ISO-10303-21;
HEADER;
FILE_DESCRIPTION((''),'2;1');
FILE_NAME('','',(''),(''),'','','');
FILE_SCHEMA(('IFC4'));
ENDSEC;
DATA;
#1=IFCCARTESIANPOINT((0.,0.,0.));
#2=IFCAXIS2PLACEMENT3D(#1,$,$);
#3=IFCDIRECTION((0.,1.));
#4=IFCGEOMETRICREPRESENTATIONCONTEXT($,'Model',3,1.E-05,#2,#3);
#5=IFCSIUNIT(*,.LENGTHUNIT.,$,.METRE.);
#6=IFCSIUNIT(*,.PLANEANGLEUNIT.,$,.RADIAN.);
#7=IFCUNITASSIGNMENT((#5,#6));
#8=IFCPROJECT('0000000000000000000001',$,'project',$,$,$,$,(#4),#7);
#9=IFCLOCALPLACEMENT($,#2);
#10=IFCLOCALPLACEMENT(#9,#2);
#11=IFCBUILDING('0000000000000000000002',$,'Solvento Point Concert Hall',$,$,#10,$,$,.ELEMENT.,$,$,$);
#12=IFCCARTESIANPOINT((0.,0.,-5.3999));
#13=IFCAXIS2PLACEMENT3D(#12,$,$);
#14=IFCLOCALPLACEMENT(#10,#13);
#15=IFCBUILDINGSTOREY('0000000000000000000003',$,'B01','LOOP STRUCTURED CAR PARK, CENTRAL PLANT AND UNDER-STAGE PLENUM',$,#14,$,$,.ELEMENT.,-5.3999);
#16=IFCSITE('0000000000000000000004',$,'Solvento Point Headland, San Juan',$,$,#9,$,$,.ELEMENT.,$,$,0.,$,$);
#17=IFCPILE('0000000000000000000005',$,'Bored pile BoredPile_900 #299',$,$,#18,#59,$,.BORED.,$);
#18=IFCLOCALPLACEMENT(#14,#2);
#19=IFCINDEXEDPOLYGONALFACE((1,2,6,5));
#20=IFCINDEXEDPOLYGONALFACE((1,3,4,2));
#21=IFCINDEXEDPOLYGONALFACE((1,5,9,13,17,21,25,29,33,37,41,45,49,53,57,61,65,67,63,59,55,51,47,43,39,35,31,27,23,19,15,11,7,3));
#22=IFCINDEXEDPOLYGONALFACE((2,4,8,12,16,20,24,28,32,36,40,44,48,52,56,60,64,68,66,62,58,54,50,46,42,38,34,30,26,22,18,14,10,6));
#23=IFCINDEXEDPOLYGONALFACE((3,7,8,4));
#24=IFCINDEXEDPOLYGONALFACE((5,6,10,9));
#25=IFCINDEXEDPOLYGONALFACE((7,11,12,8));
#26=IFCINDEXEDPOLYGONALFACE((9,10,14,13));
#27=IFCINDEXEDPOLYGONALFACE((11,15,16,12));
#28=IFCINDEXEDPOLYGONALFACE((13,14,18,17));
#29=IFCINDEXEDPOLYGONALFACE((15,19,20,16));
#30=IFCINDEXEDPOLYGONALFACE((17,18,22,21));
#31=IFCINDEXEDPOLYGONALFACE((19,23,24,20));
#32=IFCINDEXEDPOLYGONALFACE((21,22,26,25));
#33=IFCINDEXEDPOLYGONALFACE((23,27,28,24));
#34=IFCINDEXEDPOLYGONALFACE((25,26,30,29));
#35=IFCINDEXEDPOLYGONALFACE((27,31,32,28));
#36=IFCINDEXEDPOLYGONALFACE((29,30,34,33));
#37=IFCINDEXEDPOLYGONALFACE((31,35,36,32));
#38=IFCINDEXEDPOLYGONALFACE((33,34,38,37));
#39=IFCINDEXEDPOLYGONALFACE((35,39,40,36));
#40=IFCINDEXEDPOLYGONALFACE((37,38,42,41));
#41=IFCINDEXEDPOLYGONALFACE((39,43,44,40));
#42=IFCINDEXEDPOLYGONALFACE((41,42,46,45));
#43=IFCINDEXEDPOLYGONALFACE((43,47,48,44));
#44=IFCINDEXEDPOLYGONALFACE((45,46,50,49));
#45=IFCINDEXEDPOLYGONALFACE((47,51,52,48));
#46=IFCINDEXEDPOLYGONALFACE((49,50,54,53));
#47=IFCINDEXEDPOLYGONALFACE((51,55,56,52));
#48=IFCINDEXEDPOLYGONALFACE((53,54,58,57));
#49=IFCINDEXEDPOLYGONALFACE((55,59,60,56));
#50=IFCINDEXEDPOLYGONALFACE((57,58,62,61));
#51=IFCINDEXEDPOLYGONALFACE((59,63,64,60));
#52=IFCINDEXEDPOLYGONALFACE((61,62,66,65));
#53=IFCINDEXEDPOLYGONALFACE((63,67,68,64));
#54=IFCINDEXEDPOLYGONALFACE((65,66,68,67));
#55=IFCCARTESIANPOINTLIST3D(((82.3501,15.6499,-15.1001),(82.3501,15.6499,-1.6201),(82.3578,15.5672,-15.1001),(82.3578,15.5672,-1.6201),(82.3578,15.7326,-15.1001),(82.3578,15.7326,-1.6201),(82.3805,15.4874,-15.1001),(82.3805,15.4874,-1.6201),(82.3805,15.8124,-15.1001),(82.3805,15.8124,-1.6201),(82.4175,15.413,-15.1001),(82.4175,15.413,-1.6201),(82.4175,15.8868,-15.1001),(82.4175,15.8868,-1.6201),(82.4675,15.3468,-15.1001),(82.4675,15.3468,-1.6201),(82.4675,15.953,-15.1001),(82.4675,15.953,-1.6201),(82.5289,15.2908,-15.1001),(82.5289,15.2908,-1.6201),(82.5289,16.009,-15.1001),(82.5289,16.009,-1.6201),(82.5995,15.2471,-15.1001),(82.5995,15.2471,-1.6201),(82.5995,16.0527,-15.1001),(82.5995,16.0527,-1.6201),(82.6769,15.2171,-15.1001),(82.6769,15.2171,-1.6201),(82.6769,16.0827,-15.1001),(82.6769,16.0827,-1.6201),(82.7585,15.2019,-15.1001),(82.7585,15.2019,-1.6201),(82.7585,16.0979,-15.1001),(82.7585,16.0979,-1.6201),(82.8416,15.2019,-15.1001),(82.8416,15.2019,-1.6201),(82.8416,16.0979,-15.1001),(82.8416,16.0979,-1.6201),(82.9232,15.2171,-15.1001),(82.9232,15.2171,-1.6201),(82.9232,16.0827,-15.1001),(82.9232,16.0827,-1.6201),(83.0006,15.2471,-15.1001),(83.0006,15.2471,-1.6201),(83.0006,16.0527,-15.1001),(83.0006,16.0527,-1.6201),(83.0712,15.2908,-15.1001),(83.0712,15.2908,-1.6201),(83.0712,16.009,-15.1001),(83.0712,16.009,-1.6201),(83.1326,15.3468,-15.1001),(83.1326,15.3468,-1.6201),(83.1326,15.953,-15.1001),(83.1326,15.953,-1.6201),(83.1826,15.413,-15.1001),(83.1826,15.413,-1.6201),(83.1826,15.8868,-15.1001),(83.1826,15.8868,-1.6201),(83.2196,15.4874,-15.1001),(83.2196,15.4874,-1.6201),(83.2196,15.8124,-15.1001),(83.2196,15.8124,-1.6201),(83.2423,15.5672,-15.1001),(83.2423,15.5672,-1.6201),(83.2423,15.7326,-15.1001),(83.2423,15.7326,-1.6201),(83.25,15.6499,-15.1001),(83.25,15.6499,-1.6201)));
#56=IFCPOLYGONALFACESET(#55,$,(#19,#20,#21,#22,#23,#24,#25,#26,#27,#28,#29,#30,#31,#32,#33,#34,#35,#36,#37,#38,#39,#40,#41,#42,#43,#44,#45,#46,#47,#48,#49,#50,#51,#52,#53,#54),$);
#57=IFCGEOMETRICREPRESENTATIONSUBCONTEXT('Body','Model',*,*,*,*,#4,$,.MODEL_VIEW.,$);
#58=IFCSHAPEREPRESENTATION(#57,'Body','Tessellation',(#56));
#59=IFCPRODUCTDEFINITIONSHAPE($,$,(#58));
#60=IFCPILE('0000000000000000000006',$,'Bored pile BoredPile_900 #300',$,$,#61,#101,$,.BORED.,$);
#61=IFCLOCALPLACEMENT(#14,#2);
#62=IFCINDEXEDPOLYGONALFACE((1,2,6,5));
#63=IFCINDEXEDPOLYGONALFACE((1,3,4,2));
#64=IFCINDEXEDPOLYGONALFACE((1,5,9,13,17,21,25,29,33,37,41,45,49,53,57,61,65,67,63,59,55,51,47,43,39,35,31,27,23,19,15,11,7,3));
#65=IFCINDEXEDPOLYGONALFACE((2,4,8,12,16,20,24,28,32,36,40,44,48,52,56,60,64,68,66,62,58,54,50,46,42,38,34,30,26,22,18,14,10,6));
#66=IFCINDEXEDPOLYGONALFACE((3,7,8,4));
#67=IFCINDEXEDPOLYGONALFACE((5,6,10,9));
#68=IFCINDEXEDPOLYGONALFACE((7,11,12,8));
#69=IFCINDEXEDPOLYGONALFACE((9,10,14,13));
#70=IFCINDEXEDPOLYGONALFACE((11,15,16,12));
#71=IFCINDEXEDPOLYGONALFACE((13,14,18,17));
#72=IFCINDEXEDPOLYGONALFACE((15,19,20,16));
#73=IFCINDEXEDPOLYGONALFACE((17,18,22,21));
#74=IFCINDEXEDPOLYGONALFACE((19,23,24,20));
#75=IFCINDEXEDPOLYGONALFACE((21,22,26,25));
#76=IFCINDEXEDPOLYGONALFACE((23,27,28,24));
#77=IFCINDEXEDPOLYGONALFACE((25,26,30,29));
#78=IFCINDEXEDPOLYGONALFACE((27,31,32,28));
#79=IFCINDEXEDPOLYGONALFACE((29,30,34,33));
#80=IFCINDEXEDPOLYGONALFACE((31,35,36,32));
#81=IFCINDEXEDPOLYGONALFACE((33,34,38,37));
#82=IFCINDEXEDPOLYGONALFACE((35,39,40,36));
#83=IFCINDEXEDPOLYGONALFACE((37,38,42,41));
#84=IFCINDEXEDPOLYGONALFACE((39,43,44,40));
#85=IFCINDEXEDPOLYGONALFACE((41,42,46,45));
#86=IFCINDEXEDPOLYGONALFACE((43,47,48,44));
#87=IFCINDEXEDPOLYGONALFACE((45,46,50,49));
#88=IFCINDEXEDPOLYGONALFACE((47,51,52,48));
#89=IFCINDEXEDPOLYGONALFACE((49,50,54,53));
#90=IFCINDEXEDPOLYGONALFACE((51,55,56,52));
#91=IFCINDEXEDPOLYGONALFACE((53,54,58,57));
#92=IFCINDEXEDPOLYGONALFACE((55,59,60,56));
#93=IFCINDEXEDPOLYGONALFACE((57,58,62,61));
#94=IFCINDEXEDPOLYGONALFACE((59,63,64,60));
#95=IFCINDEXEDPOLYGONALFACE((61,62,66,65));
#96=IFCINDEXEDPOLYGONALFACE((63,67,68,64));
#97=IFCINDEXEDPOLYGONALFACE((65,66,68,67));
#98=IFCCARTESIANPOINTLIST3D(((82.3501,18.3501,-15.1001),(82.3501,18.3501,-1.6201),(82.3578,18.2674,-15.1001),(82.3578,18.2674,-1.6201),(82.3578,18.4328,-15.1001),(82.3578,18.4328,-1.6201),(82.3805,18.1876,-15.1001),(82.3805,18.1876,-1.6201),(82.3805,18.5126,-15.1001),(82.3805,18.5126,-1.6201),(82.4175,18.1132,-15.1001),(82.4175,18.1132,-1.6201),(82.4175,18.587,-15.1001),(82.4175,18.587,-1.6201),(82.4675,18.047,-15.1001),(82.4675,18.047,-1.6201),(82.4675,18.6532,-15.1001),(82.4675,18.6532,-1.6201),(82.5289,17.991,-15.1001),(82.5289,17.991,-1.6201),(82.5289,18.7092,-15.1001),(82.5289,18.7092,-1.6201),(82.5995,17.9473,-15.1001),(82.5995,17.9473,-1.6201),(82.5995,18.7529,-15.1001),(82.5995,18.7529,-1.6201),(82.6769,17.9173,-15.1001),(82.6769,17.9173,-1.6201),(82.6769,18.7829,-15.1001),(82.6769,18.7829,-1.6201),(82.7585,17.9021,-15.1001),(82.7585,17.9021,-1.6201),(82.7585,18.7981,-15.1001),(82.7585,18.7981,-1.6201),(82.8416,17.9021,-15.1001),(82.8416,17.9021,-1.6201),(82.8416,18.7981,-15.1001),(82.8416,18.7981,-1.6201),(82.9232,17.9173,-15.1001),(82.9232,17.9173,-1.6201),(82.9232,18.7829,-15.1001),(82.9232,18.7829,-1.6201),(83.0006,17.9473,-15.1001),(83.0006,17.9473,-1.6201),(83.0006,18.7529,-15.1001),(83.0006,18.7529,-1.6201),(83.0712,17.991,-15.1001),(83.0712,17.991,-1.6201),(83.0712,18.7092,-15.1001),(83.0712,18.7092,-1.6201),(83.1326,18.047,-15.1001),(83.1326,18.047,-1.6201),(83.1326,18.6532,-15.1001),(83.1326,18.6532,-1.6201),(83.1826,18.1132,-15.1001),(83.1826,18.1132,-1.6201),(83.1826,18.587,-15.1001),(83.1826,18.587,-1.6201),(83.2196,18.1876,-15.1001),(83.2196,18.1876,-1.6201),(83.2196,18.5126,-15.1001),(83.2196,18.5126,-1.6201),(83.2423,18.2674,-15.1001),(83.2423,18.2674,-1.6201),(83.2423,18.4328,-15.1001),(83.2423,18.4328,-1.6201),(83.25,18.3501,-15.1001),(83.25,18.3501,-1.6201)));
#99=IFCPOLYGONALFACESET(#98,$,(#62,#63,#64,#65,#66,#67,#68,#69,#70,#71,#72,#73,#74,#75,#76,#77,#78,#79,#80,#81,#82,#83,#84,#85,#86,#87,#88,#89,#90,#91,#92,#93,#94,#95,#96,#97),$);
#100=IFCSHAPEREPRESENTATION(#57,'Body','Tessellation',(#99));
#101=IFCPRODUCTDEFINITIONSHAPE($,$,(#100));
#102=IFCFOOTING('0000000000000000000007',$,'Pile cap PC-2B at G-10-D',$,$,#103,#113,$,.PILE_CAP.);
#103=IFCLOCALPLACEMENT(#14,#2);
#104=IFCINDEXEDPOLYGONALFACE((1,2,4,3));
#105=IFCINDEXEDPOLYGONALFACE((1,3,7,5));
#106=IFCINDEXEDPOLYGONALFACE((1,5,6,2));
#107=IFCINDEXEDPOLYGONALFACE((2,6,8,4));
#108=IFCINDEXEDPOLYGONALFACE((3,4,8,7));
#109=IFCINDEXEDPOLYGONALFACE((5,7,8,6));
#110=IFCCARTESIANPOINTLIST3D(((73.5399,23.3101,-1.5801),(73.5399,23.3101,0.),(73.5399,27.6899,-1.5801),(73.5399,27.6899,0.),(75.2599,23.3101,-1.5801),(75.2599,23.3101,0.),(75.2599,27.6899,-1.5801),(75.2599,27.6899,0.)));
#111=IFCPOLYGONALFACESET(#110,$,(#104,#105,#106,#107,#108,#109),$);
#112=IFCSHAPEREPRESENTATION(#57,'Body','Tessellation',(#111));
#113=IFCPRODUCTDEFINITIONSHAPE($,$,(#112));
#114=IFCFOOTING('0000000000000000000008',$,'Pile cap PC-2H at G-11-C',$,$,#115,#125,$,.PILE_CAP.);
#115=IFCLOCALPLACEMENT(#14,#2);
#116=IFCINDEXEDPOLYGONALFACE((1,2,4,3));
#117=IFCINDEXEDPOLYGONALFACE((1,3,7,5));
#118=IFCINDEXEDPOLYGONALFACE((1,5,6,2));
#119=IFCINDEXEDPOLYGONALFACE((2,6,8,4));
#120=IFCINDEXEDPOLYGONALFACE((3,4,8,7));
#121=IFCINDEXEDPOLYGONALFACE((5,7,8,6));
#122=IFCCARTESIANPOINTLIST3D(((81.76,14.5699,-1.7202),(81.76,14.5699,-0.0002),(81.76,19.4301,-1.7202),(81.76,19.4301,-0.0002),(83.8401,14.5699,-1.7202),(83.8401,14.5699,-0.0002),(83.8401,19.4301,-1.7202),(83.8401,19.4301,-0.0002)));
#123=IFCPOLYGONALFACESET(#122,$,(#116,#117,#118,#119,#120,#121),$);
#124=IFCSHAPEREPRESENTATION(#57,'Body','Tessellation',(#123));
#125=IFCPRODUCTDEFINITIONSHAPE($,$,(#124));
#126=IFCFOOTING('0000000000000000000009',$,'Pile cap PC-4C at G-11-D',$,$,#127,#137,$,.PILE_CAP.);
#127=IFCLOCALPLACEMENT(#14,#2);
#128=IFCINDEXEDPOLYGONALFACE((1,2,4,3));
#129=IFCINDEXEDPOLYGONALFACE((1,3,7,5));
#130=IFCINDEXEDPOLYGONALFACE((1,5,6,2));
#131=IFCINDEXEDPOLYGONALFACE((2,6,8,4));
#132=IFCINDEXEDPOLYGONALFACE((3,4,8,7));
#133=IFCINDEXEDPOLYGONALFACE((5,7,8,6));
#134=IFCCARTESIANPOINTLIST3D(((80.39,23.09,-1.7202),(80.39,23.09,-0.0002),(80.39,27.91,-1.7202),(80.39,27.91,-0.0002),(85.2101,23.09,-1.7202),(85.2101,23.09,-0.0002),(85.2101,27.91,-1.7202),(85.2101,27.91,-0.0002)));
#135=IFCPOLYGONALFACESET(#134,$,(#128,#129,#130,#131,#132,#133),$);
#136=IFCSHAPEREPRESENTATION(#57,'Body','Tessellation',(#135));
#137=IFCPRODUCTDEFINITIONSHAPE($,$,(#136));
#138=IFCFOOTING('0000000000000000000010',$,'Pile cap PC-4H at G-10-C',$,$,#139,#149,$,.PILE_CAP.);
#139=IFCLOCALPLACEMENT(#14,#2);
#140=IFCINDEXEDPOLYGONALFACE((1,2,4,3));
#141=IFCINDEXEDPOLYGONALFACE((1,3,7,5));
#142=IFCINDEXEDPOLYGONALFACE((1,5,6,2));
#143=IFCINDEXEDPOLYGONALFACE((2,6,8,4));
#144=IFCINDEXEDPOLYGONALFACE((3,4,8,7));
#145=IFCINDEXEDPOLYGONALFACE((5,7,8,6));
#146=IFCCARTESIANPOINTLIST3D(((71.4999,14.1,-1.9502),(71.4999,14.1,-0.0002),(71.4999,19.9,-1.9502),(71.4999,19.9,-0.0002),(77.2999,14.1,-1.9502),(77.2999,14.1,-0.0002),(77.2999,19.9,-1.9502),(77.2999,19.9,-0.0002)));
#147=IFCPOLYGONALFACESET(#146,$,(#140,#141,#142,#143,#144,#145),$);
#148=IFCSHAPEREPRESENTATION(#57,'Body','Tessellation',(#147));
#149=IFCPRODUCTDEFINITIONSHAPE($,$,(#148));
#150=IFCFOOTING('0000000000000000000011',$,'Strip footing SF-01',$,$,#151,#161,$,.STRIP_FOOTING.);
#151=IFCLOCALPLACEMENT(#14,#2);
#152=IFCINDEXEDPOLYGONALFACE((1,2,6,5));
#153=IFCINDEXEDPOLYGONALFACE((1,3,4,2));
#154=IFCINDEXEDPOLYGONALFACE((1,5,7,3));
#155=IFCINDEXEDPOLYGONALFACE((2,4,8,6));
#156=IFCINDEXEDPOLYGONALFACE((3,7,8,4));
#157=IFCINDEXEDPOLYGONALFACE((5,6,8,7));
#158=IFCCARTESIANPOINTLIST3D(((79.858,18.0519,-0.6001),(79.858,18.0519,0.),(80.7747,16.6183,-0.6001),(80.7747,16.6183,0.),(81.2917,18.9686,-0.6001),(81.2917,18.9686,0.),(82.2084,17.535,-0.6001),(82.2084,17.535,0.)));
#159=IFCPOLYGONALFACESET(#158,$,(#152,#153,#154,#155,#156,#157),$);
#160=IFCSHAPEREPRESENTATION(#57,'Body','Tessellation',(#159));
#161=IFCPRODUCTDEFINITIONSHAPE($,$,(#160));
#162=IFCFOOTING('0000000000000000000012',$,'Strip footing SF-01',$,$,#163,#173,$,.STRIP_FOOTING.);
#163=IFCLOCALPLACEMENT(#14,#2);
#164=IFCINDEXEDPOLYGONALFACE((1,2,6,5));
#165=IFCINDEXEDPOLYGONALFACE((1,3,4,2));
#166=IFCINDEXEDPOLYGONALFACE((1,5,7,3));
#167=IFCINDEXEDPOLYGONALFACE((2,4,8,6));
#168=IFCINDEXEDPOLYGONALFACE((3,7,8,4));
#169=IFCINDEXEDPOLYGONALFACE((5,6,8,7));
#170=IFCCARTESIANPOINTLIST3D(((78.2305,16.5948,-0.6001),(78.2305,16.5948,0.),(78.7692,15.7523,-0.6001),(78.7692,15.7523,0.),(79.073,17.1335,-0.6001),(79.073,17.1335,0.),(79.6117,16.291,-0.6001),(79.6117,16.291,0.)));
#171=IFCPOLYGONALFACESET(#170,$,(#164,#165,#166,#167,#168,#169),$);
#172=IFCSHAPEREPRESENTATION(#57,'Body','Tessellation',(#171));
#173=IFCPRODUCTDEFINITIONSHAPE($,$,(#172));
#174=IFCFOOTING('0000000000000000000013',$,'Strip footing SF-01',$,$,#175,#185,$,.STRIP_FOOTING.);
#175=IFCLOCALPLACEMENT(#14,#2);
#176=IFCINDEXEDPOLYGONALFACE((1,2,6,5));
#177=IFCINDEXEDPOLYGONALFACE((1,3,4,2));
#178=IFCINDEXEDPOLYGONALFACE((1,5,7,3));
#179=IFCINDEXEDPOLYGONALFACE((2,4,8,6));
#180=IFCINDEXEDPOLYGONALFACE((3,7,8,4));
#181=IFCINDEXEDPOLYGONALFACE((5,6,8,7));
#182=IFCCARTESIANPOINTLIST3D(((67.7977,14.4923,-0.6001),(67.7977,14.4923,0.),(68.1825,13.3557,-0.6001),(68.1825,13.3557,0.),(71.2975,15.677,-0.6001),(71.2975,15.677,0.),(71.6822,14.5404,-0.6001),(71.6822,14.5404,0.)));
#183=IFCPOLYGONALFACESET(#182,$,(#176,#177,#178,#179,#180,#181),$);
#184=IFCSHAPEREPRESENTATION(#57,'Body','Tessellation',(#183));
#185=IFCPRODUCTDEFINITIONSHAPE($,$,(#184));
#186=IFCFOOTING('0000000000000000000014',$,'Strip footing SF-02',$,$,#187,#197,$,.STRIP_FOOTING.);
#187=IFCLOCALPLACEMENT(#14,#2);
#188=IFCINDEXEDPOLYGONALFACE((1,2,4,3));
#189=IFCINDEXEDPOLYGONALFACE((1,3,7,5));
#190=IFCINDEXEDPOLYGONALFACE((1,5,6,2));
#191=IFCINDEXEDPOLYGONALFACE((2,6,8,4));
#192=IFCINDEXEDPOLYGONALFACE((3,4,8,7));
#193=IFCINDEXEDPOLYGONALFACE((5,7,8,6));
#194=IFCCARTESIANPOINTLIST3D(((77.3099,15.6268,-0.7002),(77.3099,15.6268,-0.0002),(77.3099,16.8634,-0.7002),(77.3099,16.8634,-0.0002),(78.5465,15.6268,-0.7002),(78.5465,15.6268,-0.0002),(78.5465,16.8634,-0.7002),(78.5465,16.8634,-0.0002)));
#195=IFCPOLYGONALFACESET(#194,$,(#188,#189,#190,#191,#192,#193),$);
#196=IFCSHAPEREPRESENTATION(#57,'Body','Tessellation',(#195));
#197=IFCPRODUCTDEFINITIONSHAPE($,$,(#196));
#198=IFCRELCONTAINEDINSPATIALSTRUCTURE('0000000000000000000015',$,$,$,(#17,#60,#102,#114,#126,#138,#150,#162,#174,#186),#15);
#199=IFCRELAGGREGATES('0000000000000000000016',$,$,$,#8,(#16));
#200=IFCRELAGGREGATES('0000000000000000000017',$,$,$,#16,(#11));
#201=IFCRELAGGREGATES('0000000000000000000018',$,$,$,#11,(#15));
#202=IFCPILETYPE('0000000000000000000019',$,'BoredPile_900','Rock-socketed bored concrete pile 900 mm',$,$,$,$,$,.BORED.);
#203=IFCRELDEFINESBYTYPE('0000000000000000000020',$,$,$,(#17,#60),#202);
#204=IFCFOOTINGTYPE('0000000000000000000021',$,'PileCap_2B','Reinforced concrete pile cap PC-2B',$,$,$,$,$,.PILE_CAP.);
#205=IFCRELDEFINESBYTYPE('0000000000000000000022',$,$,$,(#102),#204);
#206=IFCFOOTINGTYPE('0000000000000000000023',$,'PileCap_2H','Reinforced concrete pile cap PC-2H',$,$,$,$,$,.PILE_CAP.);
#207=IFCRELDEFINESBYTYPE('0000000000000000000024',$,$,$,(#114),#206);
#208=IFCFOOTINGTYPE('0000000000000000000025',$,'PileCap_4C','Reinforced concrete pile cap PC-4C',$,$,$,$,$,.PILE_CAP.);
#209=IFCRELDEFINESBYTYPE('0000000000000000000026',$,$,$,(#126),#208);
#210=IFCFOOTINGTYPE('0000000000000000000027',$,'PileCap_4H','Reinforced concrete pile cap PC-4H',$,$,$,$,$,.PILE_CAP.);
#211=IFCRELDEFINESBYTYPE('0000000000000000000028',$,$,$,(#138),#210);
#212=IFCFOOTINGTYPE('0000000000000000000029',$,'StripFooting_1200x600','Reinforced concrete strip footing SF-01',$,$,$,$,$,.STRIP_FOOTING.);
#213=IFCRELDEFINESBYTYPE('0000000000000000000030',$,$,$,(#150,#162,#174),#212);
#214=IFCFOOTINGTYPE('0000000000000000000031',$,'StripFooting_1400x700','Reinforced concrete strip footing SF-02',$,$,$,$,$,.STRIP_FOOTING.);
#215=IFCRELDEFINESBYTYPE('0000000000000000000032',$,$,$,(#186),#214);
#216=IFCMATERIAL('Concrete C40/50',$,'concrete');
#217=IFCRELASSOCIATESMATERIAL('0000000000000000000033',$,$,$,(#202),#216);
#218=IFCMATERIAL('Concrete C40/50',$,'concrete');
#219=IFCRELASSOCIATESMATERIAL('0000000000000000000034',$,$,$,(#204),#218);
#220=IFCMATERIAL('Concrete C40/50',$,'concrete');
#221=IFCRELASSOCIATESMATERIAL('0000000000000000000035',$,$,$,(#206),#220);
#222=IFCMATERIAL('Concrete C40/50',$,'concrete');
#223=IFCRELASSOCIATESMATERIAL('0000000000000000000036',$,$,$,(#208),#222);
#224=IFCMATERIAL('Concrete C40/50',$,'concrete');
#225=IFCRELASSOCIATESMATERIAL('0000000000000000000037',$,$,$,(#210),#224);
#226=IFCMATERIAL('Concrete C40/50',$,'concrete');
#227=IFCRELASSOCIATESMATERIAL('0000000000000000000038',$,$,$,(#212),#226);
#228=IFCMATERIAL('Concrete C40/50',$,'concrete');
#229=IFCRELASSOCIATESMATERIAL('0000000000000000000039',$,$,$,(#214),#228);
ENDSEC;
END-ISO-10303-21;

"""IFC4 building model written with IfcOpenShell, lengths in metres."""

from ifc_helpers import new_model, si_unit, direction, frame, origin, origin_2d, place, context, subcontext, project, spatial, rectangle, circle, extrude, material, material_profile, profile_set, type_object, element, save


model = new_model("IFC4")

# Units and contexts
model_context = context("Model", 3, precision=1e-05, world=origin(), true_north=direction((0.0, 1.0)))
body_context = subcontext(model_context, "Body", "Model", "MODEL_VIEW")
ifc_project = project(units=[si_unit("LENGTHUNIT", "METRE"), si_unit("PLANEANGLEUNIT", "RADIAN")], contexts=[model_context])

# Site, building, storey
site_placement = place(None, origin())
site = spatial("IfcSite", under=ifc_project, at=site_placement, Name="Solvento Point Headland, San Juan", CompositionType="ELEMENT", RefElevation=0.0)
building_placement = place(site_placement, origin())
building = spatial("IfcBuilding", under=site, at=building_placement, Name="Solvento Point Concert Hall", CompositionType="ELEMENT")
storey_placement = place(building_placement, frame((0.0, 0.0, -5.3999)))
storey = spatial("IfcBuildingStorey", under=building, at=storey_placement, Name="B01", Description="LOOP STRUCTURED CAR PARK, CENTRAL PLANT AND UNDER-STAGE PLENUM", CompositionType="ELEMENT", Elevation=-5.3999)

# Piles
ifc_material_1 = material(Name="Concrete C40/50", Category="concrete")
ifc_material_profile_1 = material_profile(ifc_material_1, circle(Radius=0.45, at=origin_2d()), Name="BP-900")
ifc_profile_set_1 = profile_set([ifc_material_profile_1], Name="Concrete C40/50")
pile_type_1 = type_object("IfcPileType", Name="BoredPile_900", Description="Rock-socketed bored concrete pile 900 mm", PredefinedType="BORED", material=ifc_profile_set_1)
for number, where, z_axis, x_axis, name in (
    (1, (82.8, 15.6499, -1.6201), (0.0, 0.0, -1.0), (1.0, 0.0, 0.0), "Bored pile BoredPile_900 #299"),
    (2, (82.8, 18.3501, -1.6201), (0.0, 0.0, -1.0), (1.0, 0.0, 0.0), "Bored pile BoredPile_900 #300"),
):
    element("IfcPile", number, at=place(storey_placement, frame(where, z_axis=z_axis, x_axis=x_axis)), inside=storey, type_object=pile_type_1, Name=name, PredefinedType="BORED", context=body_context, shape_type="SweptSolid", body=[
        extrude(circle(Radius=0.45, at=origin_2d()), origin(), (0.0, 0.0, 1.0), 13.48),
    ])

# Footings
ifc_material_2 = material(Name="Concrete C40/50", Category="concrete")
footing_type_1 = type_object("IfcFootingType", Name="PileCap_2B", Description="Reinforced concrete pile cap PC-2B", PredefinedType="PILE_CAP", material=ifc_material_2)
footing_1_placement = place(storey_placement, frame((74.3999, 25.5, -1.5801), z_axis=(0.0, 0.0, 1.0), x_axis=(1.0, 0.0, 0.0)))
element("IfcFooting", 3, at=footing_1_placement, inside=storey, type_object=footing_type_1, Name="Pile cap PC-2B at G-10-D", PredefinedType="PILE_CAP", context=body_context, shape_type="SweptSolid", body=[
    extrude(rectangle(XDim=1.72, YDim=4.3799, at=origin_2d()), origin(), (0.0, 0.0, 1.0), 1.5801),
])
ifc_material_3 = material(Name="Concrete C40/50", Category="concrete")
footing_type_2 = type_object("IfcFootingType", Name="PileCap_2H", Description="Reinforced concrete pile cap PC-2H", PredefinedType="PILE_CAP", material=ifc_material_3)
footing_2_placement = place(storey_placement, frame((82.8, 17.0, -1.7202), z_axis=(0.0, 0.0, 1.0), x_axis=(1.0, 0.0, 0.0)))
element("IfcFooting", 4, at=footing_2_placement, inside=storey, type_object=footing_type_2, Name="Pile cap PC-2H at G-11-C", PredefinedType="PILE_CAP", context=body_context, shape_type="SweptSolid", body=[
    extrude(rectangle(XDim=2.0801, YDim=4.8601, at=origin_2d()), origin(), (0.0, 0.0, 1.0), 1.72),
])
ifc_material_4 = material(Name="Concrete C40/50", Category="concrete")
footing_type_3 = type_object("IfcFootingType", Name="PileCap_4C", Description="Reinforced concrete pile cap PC-4C", PredefinedType="PILE_CAP", material=ifc_material_4)
footing_3_placement = place(storey_placement, frame((82.8, 25.5, -1.7202), z_axis=(0.0, 0.0, 1.0), x_axis=(1.0, 0.0, 0.0)))
element("IfcFooting", 5, at=footing_3_placement, inside=storey, type_object=footing_type_3, Name="Pile cap PC-4C at G-11-D", PredefinedType="PILE_CAP", context=body_context, shape_type="SweptSolid", body=[
    extrude(rectangle(XDim=4.8201, YDim=4.8201, at=origin_2d()), origin(), (0.0, 0.0, 1.0), 1.72),
])
ifc_material_5 = material(Name="Concrete C40/50", Category="concrete")
footing_type_4 = type_object("IfcFootingType", Name="PileCap_4H", Description="Reinforced concrete pile cap PC-4H", PredefinedType="PILE_CAP", material=ifc_material_5)
footing_4_placement = place(storey_placement, frame((74.3999, 17.0, -1.9502), z_axis=(0.0, 0.0, 1.0), x_axis=(1.0, 0.0, 0.0)))
element("IfcFooting", 6, at=footing_4_placement, inside=storey, type_object=footing_type_4, Name="Pile cap PC-4H at G-10-C", PredefinedType="PILE_CAP", context=body_context, shape_type="SweptSolid", body=[
    extrude(rectangle(XDim=5.8, YDim=5.8, at=origin_2d()), origin(), (0.0, 0.0, 1.0), 1.95),
])
ifc_material_6 = material(Name="Concrete C40/50", Category="concrete")
footing_type_5 = type_object("IfcFootingType", Name="StripFooting_1200x600", Description="Reinforced concrete strip footing SF-01", PredefinedType="STRIP_FOOTING", material=ifc_material_6)
footing_5_placement = place(storey_placement, frame((81.0332, 17.7935, -0.6001), z_axis=(0.0, 0.0, 1.0), x_axis=(-0.842495, -0.538705, 0.0)))
element("IfcFooting", 7, at=footing_5_placement, inside=storey, type_object=footing_type_5, Name="Strip footing SF-01", PredefinedType="STRIP_FOOTING", context=body_context, shape_type="SweptSolid", body=[
    extrude(rectangle(XDim=1.7017, YDim=1.7017, at=origin_2d()), origin(), (0.0, 0.0, 1.0), 0.6001),
])
footing_6_placement = place(storey_placement, frame((78.9211, 16.4429, -0.6001), z_axis=(0.0, 0.0, 1.0), x_axis=(-0.842495, -0.538705, 0.0)))
element("IfcFooting", 8, at=footing_6_placement, inside=storey, type_object=footing_type_5, Name="Strip footing SF-01", PredefinedType="STRIP_FOOTING", context=body_context, shape_type="SweptSolid", body=[
    extrude(rectangle(XDim=1.0, YDim=1.0, at=origin_2d()), origin(), (0.0, 0.0, 1.0), 0.6001),
])
footing_7_placement = place(storey_placement, frame((69.74, 14.5164, -0.6001), z_axis=(0.0, 0.0, 1.0), x_axis=(-0.947197, -0.320653, 0.0)))
element("IfcFooting", 9, at=footing_7_placement, inside=storey, type_object=footing_type_5, Name="Strip footing SF-01", PredefinedType="STRIP_FOOTING", context=body_context, shape_type="SweptSolid", body=[
    extrude(rectangle(XDim=3.6948, YDim=1.2, at=origin_2d()), origin(), (0.0, 0.0, 1.0), 0.6001),
])
ifc_material_7 = material(Name="Concrete C40/50", Category="concrete")
footing_type_6 = type_object("IfcFootingType", Name="StripFooting_1400x700", Description="Reinforced concrete strip footing SF-02", PredefinedType="STRIP_FOOTING", material=ifc_material_7)
footing_8_placement = place(storey_placement, frame((77.9282, 16.2451, -0.7002), z_axis=(0.0, 0.0, 1.0), x_axis=(-1.0, 0.0, 0.0)))
element("IfcFooting", 10, at=footing_8_placement, inside=storey, type_object=footing_type_6, Name="Strip footing SF-02", PredefinedType="STRIP_FOOTING", context=body_context, shape_type="SweptSolid", body=[
    extrude(rectangle(XDim=1.2366, YDim=1.2366, at=origin_2d()), origin(), (0.0, 0.0, 1.0), 0.7),
])

save(model, "model.ifc")
